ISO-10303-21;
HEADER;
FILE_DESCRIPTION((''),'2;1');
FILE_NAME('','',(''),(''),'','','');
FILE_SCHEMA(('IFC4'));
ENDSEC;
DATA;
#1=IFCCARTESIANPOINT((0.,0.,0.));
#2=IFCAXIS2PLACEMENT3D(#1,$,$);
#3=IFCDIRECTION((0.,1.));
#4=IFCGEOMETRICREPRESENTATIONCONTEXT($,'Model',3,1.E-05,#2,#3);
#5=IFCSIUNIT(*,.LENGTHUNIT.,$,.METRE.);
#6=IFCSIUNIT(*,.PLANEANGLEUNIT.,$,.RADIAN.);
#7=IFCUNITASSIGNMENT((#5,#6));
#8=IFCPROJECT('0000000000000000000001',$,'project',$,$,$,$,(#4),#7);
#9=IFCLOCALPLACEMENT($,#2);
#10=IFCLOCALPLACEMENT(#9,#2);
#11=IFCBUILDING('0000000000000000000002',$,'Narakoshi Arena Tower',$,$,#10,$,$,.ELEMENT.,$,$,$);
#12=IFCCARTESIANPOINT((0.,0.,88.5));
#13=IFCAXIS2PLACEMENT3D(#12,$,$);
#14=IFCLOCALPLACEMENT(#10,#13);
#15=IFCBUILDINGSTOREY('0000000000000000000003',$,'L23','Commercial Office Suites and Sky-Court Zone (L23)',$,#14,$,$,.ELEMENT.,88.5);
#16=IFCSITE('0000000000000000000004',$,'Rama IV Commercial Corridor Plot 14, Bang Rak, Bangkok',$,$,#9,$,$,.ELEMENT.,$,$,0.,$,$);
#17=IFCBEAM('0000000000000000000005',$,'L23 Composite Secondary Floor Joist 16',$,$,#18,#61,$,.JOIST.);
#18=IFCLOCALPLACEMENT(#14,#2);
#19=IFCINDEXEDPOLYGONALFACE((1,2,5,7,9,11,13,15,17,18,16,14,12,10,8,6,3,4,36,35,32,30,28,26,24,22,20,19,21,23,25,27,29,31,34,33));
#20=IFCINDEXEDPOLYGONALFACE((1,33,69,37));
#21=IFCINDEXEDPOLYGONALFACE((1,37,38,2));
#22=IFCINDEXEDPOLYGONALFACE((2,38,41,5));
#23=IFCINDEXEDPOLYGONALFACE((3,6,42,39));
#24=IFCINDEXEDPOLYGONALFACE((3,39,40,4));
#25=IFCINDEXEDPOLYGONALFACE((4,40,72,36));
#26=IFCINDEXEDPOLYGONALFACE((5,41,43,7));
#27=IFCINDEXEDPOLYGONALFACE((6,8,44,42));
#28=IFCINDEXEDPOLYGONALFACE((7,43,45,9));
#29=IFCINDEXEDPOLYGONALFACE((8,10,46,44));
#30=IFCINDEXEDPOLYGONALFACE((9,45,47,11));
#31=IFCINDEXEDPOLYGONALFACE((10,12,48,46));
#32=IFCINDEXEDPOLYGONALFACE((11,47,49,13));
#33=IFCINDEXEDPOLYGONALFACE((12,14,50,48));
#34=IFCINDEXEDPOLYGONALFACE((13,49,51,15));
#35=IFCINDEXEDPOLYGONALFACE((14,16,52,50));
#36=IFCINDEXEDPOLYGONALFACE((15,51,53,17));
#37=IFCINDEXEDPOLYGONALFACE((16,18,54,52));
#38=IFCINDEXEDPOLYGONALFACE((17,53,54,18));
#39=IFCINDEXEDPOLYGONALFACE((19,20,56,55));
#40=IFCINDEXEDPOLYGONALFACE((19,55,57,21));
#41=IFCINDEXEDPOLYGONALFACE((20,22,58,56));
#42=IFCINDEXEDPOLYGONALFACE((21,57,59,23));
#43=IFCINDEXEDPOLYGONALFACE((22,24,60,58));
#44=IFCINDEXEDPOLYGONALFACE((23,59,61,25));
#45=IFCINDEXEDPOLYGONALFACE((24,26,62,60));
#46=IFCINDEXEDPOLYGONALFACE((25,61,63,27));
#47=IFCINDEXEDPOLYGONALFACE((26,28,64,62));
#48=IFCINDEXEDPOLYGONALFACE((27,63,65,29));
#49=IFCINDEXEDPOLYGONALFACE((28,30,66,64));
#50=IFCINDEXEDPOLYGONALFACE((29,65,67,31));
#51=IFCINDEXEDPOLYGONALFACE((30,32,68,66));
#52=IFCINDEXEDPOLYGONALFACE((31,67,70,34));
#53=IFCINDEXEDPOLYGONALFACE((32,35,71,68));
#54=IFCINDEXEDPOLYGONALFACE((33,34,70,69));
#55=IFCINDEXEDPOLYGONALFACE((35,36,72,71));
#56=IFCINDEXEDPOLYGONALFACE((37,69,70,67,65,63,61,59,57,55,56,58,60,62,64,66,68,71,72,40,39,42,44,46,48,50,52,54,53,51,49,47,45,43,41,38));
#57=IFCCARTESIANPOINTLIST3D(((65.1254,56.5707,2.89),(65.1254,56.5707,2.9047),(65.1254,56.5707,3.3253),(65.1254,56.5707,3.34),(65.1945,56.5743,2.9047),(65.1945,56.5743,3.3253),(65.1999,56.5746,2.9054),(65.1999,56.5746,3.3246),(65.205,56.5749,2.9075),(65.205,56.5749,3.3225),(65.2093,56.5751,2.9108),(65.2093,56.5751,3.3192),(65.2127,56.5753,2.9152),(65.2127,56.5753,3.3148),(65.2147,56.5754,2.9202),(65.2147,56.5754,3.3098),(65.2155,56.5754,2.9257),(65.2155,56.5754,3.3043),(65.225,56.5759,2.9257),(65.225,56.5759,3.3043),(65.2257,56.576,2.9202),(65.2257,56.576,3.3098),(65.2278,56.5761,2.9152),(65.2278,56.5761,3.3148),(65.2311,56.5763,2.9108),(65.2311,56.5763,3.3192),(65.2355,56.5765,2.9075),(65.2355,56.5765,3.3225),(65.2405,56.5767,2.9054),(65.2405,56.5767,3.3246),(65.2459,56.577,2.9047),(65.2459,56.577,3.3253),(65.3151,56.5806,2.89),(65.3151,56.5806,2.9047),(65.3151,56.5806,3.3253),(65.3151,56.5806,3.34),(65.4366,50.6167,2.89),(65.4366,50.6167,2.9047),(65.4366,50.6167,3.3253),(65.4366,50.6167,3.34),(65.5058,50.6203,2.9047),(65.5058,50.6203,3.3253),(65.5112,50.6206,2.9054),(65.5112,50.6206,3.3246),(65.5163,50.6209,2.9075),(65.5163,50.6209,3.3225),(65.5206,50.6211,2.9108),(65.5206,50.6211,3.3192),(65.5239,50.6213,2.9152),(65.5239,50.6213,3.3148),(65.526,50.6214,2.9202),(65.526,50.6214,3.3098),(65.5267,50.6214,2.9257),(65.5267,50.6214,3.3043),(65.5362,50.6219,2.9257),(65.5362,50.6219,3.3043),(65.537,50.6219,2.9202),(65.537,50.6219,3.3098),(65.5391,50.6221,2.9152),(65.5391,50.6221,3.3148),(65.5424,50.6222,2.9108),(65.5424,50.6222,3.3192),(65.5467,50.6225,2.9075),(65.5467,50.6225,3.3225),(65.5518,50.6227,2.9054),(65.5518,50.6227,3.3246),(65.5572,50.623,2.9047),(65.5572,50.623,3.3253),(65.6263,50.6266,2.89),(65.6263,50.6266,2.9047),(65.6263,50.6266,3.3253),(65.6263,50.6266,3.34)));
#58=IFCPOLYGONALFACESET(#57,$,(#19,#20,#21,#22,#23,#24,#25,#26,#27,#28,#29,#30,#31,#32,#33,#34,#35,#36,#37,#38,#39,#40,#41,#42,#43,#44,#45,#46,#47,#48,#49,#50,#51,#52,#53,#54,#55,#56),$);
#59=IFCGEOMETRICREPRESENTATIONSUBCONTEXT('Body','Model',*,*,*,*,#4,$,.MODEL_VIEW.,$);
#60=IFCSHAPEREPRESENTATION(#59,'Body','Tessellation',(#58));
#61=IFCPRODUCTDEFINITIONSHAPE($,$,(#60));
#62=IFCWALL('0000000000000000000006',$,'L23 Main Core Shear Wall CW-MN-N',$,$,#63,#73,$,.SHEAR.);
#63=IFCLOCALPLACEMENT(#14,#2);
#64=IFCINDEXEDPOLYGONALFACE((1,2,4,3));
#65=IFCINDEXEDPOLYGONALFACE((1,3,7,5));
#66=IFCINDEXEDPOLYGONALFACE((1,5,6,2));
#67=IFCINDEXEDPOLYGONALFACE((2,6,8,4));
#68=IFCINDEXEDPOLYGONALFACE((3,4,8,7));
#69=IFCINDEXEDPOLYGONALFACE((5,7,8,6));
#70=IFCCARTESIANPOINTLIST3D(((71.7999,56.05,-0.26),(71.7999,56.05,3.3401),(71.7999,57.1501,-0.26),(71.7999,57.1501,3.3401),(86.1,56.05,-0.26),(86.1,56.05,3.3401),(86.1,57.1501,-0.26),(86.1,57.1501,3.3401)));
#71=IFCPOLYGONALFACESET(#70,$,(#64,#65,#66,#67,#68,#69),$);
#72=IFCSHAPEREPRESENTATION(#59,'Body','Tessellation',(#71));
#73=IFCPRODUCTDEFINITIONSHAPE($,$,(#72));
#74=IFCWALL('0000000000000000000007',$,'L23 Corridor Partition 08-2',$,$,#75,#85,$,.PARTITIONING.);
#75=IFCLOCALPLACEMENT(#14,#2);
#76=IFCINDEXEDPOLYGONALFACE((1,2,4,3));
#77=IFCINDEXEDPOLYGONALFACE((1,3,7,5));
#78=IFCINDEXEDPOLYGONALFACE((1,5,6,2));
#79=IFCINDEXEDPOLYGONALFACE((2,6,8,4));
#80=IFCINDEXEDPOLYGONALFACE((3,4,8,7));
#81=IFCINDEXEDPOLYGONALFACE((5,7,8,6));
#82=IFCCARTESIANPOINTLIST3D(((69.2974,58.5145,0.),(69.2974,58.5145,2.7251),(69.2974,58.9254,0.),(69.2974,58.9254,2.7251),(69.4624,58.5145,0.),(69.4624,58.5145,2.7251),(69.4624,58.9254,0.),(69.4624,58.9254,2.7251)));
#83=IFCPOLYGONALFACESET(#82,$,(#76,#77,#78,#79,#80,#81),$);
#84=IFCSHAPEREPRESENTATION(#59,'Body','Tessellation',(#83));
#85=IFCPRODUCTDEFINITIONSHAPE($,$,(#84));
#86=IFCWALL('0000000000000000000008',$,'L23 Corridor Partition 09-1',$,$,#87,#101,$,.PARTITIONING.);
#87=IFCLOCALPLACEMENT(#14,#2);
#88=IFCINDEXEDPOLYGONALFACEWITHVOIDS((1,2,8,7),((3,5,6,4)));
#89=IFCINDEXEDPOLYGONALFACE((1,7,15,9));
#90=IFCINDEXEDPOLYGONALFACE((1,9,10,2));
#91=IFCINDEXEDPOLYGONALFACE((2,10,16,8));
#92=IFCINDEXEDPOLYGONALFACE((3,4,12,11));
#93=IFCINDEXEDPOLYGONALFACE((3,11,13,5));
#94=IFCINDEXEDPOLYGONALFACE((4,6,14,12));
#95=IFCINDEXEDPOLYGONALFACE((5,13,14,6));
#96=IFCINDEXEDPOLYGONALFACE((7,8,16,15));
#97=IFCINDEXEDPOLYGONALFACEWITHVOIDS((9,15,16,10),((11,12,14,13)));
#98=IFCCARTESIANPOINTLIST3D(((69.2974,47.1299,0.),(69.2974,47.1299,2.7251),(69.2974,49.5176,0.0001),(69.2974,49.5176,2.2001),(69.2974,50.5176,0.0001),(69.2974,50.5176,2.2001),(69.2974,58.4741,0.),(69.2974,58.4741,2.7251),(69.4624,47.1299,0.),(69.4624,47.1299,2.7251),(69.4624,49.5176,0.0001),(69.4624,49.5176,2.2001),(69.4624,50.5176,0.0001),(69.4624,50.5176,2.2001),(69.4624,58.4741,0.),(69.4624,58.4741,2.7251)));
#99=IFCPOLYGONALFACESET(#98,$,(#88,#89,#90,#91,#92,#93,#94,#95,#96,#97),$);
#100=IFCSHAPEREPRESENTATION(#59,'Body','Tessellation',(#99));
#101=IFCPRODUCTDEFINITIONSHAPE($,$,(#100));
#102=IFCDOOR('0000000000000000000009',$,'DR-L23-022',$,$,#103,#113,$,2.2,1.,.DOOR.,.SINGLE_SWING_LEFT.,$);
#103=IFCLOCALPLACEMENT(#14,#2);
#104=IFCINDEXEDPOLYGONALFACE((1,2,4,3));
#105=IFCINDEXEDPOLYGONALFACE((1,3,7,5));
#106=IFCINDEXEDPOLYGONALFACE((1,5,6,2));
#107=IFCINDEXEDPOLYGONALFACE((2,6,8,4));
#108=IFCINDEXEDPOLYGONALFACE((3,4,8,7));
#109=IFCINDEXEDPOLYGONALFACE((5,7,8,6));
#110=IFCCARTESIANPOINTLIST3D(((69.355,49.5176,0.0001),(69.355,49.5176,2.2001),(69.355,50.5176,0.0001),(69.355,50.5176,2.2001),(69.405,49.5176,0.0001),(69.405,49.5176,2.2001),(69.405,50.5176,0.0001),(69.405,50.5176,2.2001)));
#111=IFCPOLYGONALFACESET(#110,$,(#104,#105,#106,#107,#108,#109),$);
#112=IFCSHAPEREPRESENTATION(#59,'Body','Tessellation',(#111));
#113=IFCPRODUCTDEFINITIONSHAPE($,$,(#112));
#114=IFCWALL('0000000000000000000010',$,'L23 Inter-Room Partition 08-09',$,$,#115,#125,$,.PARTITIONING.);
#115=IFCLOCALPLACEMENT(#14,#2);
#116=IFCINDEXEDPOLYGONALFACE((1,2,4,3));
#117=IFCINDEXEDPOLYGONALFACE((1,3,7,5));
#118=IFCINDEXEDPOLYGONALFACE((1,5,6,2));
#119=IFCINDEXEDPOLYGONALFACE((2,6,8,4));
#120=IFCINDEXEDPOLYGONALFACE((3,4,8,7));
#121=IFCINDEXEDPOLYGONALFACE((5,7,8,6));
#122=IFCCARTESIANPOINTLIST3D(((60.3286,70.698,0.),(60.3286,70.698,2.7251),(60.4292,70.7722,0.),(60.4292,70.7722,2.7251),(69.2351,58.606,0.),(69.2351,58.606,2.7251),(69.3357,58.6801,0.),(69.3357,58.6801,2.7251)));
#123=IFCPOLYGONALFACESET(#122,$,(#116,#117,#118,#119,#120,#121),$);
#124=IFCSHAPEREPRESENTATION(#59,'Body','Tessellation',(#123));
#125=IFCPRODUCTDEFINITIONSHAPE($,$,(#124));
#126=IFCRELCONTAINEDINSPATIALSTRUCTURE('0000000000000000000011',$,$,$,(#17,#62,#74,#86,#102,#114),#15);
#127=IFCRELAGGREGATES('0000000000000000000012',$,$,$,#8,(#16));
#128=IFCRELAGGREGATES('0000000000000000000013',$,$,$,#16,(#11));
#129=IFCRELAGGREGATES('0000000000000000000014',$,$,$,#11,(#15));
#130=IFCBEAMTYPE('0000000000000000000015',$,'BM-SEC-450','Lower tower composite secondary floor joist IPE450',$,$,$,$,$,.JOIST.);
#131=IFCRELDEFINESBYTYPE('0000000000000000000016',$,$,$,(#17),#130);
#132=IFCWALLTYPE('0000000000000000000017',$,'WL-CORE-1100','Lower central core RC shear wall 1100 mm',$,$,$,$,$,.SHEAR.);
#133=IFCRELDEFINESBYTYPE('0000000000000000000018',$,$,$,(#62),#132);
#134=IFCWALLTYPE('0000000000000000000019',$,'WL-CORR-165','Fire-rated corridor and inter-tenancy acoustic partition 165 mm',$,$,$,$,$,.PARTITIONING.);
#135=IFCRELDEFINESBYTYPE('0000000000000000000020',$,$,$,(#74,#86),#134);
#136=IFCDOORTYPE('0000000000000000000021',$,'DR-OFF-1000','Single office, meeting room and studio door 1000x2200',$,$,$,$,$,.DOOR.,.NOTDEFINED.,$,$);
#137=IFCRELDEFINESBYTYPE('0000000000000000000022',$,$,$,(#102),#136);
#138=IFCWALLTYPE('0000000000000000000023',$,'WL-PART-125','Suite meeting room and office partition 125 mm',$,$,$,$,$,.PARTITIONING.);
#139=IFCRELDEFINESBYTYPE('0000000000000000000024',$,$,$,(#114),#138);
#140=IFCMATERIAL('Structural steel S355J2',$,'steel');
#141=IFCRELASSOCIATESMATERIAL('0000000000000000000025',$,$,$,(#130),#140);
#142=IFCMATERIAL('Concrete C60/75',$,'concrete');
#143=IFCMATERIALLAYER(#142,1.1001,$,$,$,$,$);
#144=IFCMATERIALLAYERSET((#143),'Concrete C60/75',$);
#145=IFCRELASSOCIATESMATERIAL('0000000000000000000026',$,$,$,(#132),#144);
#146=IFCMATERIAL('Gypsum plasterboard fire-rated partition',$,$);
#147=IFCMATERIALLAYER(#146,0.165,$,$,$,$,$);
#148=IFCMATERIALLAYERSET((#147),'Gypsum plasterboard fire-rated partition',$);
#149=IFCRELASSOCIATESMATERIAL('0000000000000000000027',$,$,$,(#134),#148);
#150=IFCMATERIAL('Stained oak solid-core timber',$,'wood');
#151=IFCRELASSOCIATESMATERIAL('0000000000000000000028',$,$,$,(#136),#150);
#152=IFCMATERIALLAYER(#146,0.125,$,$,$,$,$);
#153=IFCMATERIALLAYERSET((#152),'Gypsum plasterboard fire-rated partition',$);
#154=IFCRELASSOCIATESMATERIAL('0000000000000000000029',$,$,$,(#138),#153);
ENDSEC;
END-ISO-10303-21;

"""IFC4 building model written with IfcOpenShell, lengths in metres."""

from ifc_helpers import new_model, si_unit, direction, frame, frame_2d, origin, origin_2d, place, context, subcontext, project, spatial, rectangle, i_section, extrude, material, layer, layer_set, material_profile, profile_set, type_object, element, fill, save


model = new_model("IFC4")

# Units and contexts
model_context = context("Model", 3, precision=1e-05, world=origin(), true_north=direction((0.0, 1.0)))
body_context = subcontext(model_context, "Body", "Model", "MODEL_VIEW")
ifc_project = project(units=[si_unit("LENGTHUNIT", "METRE"), si_unit("PLANEANGLEUNIT", "RADIAN")], contexts=[model_context])

# Site, building, storey
site_placement = place(None, origin())
site = spatial("IfcSite", under=ifc_project, at=site_placement, Name="Rama IV Commercial Corridor Plot 14, Bang Rak, Bangkok", CompositionType="ELEMENT", RefElevation=0.0)
building_placement = place(site_placement, origin())
building = spatial("IfcBuilding", under=site, at=building_placement, Name="Narakoshi Arena Tower", CompositionType="ELEMENT")
storey_placement = place(building_placement, frame((0.0, 0.0, 88.5)))
storey = spatial("IfcBuildingStorey", under=building, at=storey_placement, Name="L23", Description="Commercial Office Suites and Sky-Court Zone (L23)", CompositionType="ELEMENT", Elevation=88.5)

# Shared definitions
ifc_material_1 = material(Name="Concrete C60/75", Category="concrete")

# Beam
ifc_material_2 = material(Name="Structural steel S355J2", Category="steel")
ifc_material_profile_1 = material_profile(ifc_material_2, i_section(OverallWidth=0.1899, OverallDepth=0.45, WebThickness=0.0095, FlangeThickness=0.0146, FilletRadius=0.021, at=origin_2d()), Name="IPE450")
ifc_profile_set_1 = profile_set([ifc_material_profile_1], Name="Structural steel S355J2")
beam_type_1 = type_object("IfcBeamType", Name="BM-SEC-450", Description="Lower tower composite secondary floor joist IPE450", PredefinedType="JOIST", material=ifc_profile_set_1)
beam_1_placement = place(storey_placement, frame((65.2202, 56.5757, 3.115), z_axis=(0.052209, -0.998636, 0.0), x_axis=(0.998636, 0.052209, 0.0)))
element("IfcBeam", 1, at=beam_1_placement, inside=storey, type_object=beam_type_1, Name="L23 Composite Secondary Floor Joist 16", PredefinedType="JOIST", context=body_context, shape_type="SweptSolid", body=[
    extrude(i_section(OverallWidth=0.1899, OverallDepth=0.45, WebThickness=0.0095, FlangeThickness=0.0146, FilletRadius=0.021, at=origin_2d()), origin(), (0.0, 0.0, 1.0), 5.9622),
])

# Walls
ifc_layer_1 = layer(ifc_material_1, 1.1001)
ifc_layer_set_1 = layer_set([ifc_layer_1], Name="Concrete C60/75")
wall_type_1 = type_object("IfcWallType", Name="WL-CORE-1100", Description="Lower central core RC shear wall 1100 mm", PredefinedType="SHEAR", material=ifc_layer_set_1)
wall_1_placement = place(storey_placement, frame((71.8, 56.6001, -0.26), z_axis=(0.0, 0.0, 1.0), x_axis=(1.0, 0.0, 0.0)))
element("IfcWall", 2, at=wall_1_placement, inside=storey, type_object=wall_type_1, Name="L23 Main Core Shear Wall CW-MN-N", PredefinedType="SHEAR", context=body_context, shape_type="SweptSolid", body=[
    extrude(rectangle(XDim=14.3, YDim=1.1001, at=frame_2d((7.1499, 0.0))), origin(), (0.0, 0.0, 1.0), 3.6001),
])
ifc_material_3 = material(Name="Gypsum plasterboard fire-rated partition")
ifc_layer_2 = layer(ifc_material_3, 0.165)
ifc_layer_set_2 = layer_set([ifc_layer_2], Name="Gypsum plasterboard fire-rated partition")
wall_type_2 = type_object("IfcWallType", Name="WL-CORR-165", Description="Fire-rated corridor and inter-tenancy acoustic partition 165 mm", PredefinedType="PARTITIONING", material=ifc_layer_set_2)
wall_2_placement = place(storey_placement, frame((69.3799, 58.9255, 0.0), z_axis=(0.0, 0.0, 1.0), x_axis=(0.0, -1.0, 0.0)))
element("IfcWall", 3, at=wall_2_placement, inside=storey, type_object=wall_type_2, Name="L23 Corridor Partition 08-2", PredefinedType="PARTITIONING", context=body_context, shape_type="SweptSolid", body=[
    extrude(rectangle(XDim=0.4109, YDim=0.165, at=frame_2d((0.2056, 0.0))), origin(), (0.0, 0.0, 1.0), 2.7251),
])

# Wall, opening, door
wall_3_placement = place(storey_placement, frame((69.3799, 58.4741, 0.0), z_axis=(0.0, 0.0, 1.0), x_axis=(0.0, -1.0, 0.0)))
wall_3 = element("IfcWall", 4, at=wall_3_placement, inside=storey, type_object=wall_type_2, Name="L23 Corridor Partition 09-1", PredefinedType="PARTITIONING", context=body_context, shape_type="SweptSolid", body=[
    extrude(rectangle(XDim=11.3442, YDim=0.165, at=frame_2d((5.6721, 0.0))), origin(), (0.0, 0.0, 1.0), 2.7251),
])
opening_placement = place(wall_3_placement, frame((7.9565, 0.0, 0.0)))
opening = element("IfcOpeningElement", 5, at=opening_placement, cuts=wall_3, PredefinedType="OPENING", context=body_context, shape_type="SweptSolid", body=[
    extrude(rectangle(XDim=1.0, YDim=2.2, at=frame_2d((0.5, 1.1001))), frame((0.0, 0.0925, 0.0), z_axis=(0.0, -1.0, 0.0), x_axis=(1.0, 0.0, 0.0)), (0.0, 0.0, 1.0), 0.1851),
])
ifc_material_4 = material(Name="Stained oak solid-core timber", Category="wood")
door_type = type_object("IfcDoorType", Name="DR-OFF-1000", Description="Single office, meeting room and studio door 1000x2200", OperationType="NOTDEFINED", PredefinedType="DOOR", material=ifc_material_4)
door_placement = place(opening_placement, frame((1.0, 0.0, 0.0), z_axis=(0.0, 0.0, 1.0), x_axis=(-1.0, 0.0, 0.0)))
door = element("IfcDoor", 6, at=door_placement, inside=storey, type_object=door_type, Name="DR-L23-022", OperationType="SINGLE_SWING_LEFT", OverallHeight=2.2, OverallWidth=1.0, PredefinedType="DOOR", context=body_context, shape_type="SweptSolid", body=[
    extrude(rectangle(XDim=1.0, YDim=2.2, at=frame_2d((0.5, 1.1001))), frame((0.0, 0.0249, 0.0), z_axis=(0.0, -1.0, 0.0), x_axis=(1.0, 0.0, 0.0)), (0.0, 0.0, 1.0), 0.05),
])
fill(opening, door)

# Wall
ifc_layer_3 = layer(ifc_material_3, 0.125)
ifc_layer_set_3 = layer_set([ifc_layer_3], Name="Gypsum plasterboard fire-rated partition")
wall_type_3 = type_object("IfcWallType", Name="WL-PART-125", Description="Suite meeting room and office partition 125 mm", PredefinedType="PARTITIONING", material=ifc_layer_set_3)
wall_4_placement = place(storey_placement, frame((69.2854, 58.6431, 0.0), z_axis=(0.0, 0.0, 1.0), x_axis=(-0.593051, 0.805165, 0.0)))
element("IfcWall", 7, at=wall_4_placement, inside=storey, type_object=wall_type_3, Name="L23 Inter-Room Partition 08-09", PredefinedType="PARTITIONING", context=body_context, shape_type="SweptSolid", body=[
    extrude(rectangle(XDim=15.0181, YDim=0.125, at=frame_2d((7.509, 0.0))), origin(), (0.0, 0.0, 1.0), 2.7251),
])

save(model, "model.ifc")
